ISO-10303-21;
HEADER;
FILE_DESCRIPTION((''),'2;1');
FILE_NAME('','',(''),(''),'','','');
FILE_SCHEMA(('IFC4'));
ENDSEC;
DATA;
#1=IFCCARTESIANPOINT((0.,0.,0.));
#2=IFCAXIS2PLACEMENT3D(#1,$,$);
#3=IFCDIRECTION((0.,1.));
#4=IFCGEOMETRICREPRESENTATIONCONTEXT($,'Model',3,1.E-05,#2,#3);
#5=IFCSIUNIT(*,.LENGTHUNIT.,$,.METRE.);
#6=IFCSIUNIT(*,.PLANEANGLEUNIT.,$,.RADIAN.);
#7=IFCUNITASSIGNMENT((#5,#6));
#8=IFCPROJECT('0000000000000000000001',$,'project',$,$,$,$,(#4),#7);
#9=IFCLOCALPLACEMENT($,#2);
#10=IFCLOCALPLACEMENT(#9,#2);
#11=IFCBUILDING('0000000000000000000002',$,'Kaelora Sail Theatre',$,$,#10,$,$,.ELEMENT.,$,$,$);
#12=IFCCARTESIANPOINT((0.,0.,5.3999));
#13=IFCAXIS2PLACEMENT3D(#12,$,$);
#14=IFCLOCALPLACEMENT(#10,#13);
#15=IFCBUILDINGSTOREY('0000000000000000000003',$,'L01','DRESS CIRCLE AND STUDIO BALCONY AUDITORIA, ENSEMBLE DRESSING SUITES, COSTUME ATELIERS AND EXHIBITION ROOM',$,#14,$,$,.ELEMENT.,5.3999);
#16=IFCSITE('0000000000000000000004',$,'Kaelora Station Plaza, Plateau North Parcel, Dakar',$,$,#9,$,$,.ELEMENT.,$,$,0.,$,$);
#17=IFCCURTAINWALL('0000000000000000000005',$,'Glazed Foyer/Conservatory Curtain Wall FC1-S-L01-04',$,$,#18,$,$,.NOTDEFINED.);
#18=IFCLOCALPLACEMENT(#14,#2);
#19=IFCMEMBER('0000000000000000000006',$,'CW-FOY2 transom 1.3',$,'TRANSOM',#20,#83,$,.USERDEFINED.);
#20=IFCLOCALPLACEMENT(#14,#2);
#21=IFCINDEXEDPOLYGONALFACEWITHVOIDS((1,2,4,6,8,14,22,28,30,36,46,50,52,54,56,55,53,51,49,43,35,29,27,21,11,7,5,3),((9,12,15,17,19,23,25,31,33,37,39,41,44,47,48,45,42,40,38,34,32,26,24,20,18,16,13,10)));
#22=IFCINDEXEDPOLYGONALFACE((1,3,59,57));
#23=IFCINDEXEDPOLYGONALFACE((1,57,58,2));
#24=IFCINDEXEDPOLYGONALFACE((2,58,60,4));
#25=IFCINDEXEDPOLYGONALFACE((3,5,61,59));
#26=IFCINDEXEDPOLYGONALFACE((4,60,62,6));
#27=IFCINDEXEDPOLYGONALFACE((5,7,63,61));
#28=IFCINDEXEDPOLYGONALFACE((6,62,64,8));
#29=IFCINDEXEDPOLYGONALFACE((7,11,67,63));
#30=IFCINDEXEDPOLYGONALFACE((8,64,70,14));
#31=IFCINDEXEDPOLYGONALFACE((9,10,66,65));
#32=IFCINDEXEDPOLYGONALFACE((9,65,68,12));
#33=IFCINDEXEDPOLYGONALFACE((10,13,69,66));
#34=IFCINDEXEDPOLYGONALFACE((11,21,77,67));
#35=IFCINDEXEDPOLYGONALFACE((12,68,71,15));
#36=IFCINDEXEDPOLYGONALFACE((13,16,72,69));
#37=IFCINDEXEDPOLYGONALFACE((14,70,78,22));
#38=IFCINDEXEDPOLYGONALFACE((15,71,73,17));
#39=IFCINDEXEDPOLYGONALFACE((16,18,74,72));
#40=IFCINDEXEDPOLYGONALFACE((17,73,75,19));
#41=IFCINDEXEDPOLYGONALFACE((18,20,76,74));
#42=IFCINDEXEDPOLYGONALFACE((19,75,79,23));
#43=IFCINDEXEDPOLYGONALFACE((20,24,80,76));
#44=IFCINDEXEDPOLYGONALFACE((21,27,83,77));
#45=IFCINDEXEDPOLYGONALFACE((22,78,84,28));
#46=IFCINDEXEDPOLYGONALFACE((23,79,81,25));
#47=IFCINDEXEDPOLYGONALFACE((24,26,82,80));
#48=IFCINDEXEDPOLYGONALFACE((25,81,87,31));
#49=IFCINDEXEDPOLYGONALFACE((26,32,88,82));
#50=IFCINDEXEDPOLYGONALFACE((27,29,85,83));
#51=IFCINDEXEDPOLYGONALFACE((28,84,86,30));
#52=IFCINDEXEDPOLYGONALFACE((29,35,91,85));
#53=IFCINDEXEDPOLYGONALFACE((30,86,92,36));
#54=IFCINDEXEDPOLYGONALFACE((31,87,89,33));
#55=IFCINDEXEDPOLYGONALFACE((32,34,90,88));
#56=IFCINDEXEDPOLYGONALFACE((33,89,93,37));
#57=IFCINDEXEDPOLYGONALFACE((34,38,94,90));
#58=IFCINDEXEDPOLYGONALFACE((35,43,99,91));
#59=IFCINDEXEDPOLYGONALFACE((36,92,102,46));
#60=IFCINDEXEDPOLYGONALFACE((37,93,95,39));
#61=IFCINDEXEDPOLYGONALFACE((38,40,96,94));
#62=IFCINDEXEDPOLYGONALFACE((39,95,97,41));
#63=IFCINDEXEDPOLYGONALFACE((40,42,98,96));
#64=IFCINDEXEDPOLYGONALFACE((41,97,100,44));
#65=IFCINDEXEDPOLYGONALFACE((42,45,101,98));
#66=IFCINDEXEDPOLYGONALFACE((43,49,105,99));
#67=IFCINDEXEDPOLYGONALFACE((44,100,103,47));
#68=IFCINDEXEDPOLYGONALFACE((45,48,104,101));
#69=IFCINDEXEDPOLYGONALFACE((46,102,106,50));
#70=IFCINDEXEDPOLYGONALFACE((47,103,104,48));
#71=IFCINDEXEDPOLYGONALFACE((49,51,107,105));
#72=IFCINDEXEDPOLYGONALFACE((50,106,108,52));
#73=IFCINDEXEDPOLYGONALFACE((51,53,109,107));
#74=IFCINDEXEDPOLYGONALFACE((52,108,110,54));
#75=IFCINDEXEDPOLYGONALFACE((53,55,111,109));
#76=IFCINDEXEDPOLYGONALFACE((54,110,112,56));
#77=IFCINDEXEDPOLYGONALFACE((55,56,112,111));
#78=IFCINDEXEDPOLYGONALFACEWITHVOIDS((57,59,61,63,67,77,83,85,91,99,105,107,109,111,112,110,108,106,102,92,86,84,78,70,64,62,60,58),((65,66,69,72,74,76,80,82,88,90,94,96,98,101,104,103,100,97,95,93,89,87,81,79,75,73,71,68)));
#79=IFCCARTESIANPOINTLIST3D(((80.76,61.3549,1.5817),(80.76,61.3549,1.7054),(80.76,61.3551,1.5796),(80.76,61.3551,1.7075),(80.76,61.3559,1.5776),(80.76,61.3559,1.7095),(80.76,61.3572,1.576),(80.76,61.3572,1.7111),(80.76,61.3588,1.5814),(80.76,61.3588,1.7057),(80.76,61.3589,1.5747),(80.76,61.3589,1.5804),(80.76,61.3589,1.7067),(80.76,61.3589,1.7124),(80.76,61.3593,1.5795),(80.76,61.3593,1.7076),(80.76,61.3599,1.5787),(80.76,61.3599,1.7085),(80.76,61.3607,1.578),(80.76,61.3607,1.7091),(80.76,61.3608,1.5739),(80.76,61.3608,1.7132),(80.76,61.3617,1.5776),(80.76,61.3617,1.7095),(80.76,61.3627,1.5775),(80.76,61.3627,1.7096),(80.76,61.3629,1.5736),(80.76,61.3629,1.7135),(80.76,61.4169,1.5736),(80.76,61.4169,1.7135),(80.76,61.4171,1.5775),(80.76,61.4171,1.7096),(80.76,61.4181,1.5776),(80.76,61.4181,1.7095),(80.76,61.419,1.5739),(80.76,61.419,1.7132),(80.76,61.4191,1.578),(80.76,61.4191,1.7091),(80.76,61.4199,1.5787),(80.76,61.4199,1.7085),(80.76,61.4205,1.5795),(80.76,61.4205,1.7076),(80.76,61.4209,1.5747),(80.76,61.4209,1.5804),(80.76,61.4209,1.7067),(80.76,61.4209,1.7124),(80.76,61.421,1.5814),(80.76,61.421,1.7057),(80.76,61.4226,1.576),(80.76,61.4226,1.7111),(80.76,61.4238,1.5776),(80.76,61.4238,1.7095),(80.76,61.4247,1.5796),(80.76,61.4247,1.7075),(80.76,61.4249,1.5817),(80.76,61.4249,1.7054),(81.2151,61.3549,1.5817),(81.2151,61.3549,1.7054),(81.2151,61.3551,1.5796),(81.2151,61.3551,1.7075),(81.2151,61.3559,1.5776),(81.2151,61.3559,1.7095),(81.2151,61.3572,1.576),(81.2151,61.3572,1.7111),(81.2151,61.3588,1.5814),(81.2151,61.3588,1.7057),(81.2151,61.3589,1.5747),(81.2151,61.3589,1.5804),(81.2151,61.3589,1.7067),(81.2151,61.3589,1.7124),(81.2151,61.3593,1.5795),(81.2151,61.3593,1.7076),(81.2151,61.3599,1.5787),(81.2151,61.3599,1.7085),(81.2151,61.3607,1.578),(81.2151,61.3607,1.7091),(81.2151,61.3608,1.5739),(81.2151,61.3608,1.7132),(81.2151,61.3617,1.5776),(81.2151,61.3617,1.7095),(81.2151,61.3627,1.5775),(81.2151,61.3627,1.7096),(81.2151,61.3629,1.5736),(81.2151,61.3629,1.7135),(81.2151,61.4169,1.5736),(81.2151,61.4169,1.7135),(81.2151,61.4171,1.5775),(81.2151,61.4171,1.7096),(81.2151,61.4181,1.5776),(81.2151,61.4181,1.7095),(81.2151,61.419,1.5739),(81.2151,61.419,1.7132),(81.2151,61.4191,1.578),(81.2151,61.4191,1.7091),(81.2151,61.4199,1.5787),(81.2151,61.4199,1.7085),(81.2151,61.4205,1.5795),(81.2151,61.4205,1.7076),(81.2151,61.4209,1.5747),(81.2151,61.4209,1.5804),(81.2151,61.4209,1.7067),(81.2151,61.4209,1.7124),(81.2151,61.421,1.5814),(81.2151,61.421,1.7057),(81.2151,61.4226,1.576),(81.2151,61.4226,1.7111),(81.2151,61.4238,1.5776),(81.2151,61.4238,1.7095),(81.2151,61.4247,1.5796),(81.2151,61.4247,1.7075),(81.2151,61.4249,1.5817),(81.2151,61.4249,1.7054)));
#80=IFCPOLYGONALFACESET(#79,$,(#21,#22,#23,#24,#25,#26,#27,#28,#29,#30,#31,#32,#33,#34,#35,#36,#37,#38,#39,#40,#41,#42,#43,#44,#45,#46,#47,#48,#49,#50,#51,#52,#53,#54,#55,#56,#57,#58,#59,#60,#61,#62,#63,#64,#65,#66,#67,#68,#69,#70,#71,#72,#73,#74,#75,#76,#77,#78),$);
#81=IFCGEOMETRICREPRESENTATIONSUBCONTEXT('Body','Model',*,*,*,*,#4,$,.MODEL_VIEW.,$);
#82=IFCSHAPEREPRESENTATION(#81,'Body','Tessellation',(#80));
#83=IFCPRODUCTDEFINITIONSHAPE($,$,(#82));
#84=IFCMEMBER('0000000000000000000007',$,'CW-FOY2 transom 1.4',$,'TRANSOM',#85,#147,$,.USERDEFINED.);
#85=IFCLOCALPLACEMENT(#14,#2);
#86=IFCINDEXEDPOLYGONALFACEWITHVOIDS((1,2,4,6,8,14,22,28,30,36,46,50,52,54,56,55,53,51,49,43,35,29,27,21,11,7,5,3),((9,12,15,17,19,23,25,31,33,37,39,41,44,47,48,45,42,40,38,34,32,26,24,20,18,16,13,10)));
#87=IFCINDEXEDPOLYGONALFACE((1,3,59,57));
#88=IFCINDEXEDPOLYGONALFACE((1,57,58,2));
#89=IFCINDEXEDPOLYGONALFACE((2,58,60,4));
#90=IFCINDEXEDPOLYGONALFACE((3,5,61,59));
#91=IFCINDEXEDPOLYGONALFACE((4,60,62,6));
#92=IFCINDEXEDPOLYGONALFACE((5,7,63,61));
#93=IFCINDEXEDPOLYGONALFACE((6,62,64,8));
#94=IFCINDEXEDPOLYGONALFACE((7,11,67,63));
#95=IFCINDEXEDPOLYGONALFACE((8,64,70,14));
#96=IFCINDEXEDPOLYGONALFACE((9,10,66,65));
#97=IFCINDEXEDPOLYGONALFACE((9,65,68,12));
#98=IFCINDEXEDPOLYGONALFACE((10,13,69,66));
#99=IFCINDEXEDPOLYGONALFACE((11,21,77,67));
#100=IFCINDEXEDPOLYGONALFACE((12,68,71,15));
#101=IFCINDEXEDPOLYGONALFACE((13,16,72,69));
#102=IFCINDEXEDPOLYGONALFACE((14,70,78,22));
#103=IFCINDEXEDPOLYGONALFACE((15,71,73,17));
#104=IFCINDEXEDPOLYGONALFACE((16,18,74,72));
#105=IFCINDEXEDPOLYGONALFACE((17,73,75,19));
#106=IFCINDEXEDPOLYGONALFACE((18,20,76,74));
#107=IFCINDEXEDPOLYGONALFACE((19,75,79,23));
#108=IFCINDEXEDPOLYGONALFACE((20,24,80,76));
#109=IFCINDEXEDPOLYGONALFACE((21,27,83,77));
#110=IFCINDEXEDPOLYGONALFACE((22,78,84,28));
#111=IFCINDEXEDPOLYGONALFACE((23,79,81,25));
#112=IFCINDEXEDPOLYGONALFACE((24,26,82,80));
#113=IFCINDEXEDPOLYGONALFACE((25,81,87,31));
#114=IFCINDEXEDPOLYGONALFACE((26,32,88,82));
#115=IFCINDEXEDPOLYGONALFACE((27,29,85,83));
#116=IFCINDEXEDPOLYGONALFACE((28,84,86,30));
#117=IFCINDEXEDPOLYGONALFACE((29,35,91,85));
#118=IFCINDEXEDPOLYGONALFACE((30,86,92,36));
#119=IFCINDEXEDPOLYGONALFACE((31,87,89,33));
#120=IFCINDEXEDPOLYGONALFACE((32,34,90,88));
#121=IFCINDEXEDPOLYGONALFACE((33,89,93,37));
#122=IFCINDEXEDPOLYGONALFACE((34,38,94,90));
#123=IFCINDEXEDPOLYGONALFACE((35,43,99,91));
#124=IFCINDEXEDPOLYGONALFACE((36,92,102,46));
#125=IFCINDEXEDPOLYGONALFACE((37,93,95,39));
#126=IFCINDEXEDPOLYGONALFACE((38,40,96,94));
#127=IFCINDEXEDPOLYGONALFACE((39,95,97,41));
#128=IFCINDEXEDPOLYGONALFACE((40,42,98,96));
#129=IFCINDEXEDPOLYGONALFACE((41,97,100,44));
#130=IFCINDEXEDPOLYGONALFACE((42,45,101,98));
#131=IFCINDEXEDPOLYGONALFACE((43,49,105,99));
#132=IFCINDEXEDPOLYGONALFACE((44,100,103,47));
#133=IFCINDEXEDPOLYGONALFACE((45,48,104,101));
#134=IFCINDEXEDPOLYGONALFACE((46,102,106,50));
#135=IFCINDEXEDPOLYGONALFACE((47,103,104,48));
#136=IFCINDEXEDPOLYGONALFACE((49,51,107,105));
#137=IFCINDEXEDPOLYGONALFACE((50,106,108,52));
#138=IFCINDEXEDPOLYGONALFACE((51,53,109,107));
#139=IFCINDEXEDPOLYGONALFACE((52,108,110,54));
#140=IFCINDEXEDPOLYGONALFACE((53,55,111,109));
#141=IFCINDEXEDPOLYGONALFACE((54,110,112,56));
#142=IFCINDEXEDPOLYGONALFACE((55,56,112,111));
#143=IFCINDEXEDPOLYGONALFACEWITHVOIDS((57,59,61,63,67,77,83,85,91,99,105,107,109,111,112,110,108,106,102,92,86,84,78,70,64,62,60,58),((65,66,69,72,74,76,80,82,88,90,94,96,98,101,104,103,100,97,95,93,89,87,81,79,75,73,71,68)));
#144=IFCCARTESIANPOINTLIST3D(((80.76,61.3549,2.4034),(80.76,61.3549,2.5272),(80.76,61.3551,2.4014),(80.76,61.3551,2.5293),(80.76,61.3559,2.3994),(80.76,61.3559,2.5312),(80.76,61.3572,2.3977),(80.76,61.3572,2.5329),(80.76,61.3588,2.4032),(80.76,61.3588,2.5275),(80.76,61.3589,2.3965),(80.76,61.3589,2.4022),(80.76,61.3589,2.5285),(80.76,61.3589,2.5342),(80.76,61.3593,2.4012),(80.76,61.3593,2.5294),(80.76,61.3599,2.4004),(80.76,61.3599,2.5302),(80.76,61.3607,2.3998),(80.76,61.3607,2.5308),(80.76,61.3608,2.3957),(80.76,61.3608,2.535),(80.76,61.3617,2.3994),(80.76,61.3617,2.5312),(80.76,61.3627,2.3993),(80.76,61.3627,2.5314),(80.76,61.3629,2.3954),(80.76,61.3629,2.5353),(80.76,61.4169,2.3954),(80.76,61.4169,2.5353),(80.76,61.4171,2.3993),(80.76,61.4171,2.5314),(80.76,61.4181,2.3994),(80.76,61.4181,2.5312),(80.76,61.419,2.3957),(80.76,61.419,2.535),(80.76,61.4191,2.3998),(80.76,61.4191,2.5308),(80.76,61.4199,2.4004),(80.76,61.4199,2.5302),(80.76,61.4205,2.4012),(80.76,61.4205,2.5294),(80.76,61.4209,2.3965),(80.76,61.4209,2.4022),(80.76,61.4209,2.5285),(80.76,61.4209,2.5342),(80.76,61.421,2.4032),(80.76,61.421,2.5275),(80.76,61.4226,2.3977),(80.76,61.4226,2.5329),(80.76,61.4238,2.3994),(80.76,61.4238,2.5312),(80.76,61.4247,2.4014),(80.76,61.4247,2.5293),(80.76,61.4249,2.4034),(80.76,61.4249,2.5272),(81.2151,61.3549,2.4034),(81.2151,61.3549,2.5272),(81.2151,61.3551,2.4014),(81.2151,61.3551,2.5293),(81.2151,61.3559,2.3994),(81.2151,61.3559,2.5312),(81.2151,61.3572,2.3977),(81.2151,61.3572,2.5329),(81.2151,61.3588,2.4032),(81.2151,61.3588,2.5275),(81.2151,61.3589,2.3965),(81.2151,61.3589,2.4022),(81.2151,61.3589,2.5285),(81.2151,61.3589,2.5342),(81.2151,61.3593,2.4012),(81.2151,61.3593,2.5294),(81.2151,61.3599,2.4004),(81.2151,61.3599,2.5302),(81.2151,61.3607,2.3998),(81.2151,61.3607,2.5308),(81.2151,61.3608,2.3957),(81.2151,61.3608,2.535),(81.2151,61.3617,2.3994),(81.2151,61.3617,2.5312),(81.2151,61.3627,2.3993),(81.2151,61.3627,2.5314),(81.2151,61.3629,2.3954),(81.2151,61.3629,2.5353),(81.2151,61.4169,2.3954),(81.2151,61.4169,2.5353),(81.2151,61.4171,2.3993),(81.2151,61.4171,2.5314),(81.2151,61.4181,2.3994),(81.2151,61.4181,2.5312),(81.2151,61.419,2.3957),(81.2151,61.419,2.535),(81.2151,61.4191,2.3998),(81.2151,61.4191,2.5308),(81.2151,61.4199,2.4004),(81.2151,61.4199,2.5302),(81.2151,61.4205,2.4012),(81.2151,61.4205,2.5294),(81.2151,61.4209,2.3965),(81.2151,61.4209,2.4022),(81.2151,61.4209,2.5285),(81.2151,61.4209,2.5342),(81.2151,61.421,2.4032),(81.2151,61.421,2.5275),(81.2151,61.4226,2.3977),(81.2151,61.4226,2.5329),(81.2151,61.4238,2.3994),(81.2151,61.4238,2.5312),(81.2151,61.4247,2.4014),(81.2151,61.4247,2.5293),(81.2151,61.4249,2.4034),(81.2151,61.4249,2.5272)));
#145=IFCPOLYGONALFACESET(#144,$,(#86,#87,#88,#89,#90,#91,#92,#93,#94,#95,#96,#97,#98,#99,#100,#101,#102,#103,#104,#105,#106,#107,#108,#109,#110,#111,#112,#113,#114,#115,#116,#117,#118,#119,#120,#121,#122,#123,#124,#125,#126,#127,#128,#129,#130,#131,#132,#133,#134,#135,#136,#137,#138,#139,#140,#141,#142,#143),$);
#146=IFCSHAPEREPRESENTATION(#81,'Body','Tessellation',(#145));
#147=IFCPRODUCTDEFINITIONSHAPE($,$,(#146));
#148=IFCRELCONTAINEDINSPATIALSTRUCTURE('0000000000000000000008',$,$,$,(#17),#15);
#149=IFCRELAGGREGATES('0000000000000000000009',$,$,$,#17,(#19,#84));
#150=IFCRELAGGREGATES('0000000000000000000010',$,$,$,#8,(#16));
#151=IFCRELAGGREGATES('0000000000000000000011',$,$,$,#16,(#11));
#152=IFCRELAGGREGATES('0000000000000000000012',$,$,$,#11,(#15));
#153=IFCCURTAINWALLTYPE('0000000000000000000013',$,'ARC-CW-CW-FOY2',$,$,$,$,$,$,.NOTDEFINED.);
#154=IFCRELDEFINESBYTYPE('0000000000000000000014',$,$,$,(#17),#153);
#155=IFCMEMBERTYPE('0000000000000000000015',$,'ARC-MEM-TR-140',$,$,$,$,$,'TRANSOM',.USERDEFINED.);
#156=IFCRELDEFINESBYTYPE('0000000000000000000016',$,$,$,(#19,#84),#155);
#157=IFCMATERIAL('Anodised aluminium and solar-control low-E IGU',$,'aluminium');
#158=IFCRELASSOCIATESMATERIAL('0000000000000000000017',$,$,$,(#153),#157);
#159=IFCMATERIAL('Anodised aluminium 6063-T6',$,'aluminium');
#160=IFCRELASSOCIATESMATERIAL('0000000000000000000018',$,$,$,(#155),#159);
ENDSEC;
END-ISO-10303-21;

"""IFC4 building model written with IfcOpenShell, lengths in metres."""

from ifc_helpers import new_model, si_unit, direction, frame, origin, origin_2d, place, context, subcontext, project, spatial, hollow_rectangle, extrude, material, material_profile, profile_set, type_object, element, aggregate, save


model = new_model("IFC4")

# Units and contexts
model_context = context("Model", 3, precision=1e-05, world=origin(), true_north=direction((0.0, 1.0)))
body_context = subcontext(model_context, "Body", "Model", "MODEL_VIEW")
ifc_project = project(units=[si_unit("LENGTHUNIT", "METRE"), si_unit("PLANEANGLEUNIT", "RADIAN")], contexts=[model_context])

# Site, building, storey
site_placement = place(None, origin())
site = spatial("IfcSite", under=ifc_project, at=site_placement, Name="Kaelora Station Plaza, Plateau North Parcel, Dakar", CompositionType="ELEMENT", RefElevation=0.0)
building_placement = place(site_placement, origin())
building = spatial("IfcBuilding", under=site, at=building_placement, Name="Kaelora Sail Theatre", CompositionType="ELEMENT")
storey_placement = place(building_placement, frame((0.0, 0.0, 5.3999)))
storey = spatial("IfcBuildingStorey", under=building, at=storey_placement, Name="L01", Description="DRESS CIRCLE AND STUDIO BALCONY AUDITORIA, ENSEMBLE DRESSING SUITES, COSTUME ATELIERS AND EXHIBITION ROOM", CompositionType="ELEMENT", Elevation=5.3999)

# Shared definitions
ifc_material_1 = material(Name="Anodised aluminium and solar-control low-E IGU", Category="aluminium")
curtain_wall_type = type_object("IfcCurtainWallType", Name="ARC-CW-CW-FOY2", PredefinedType="NOTDEFINED", material=ifc_material_1)

# Curtain wall
curtain_wall_1_placement = place(storey_placement, origin())
curtain_wall_1 = element("IfcCurtainWall", 1, at=curtain_wall_1_placement, inside=storey, type_object=curtain_wall_type, Name="Glazed Foyer/Conservatory Curtain Wall FC1-S-L01-04", PredefinedType="NOTDEFINED")

# Members
ifc_material_2 = material(Name="Anodised aluminium 6063-T6", Category="aluminium")
ifc_material_profile_1 = material_profile(ifc_material_2, hollow_rectangle(XDim=0.0701, YDim=0.1399, WallThickness=0.0039, InnerFilletRadius=0.0039, OuterFilletRadius=0.0081, at=origin_2d()), Name="ALU-TRAN 70x140x4")
ifc_profile_set_1 = profile_set([ifc_material_profile_1], Name="Anodised aluminium 6063-T6")
member_type_1 = type_object("IfcMemberType", Name="ARC-MEM-TR-140", ElementType="TRANSOM", PredefinedType="USERDEFINED", material=ifc_profile_set_1)
member_1_placement = place(storey_placement, frame((80.76, 61.3899, 1.6436), z_axis=(1.0, 0.0, 0.0), x_axis=(0.0, 1.0, 0.0)))
member_1 = element("IfcMember", 2, at=member_1_placement, type_object=member_type_1, Name="CW-FOY2 transom 1.3", ObjectType="TRANSOM", PredefinedType="USERDEFINED", context=body_context, shape_type="SweptSolid", body=[
    extrude(hollow_rectangle(XDim=0.0701, YDim=0.1399, WallThickness=0.0039, InnerFilletRadius=0.0039, OuterFilletRadius=0.0081, at=origin_2d()), origin(), (0.0, 0.0, 1.0), 0.4551),
])
member_2_placement = place(storey_placement, frame((80.76, 61.3899, 2.4653), z_axis=(1.0, 0.0, 0.0), x_axis=(0.0, 1.0, 0.0)))
member_2 = element("IfcMember", 3, at=member_2_placement, type_object=member_type_1, Name="CW-FOY2 transom 1.4", ObjectType="TRANSOM", PredefinedType="USERDEFINED", context=body_context, shape_type="SweptSolid", body=[
    extrude(hollow_rectangle(XDim=0.0701, YDim=0.1399, WallThickness=0.0039, InnerFilletRadius=0.0039, OuterFilletRadius=0.0081, at=origin_2d()), origin(), (0.0, 0.0, 1.0), 0.4551),
])

aggregate(curtain_wall_1, [member_1, member_2])

save(model, "model.ifc")
